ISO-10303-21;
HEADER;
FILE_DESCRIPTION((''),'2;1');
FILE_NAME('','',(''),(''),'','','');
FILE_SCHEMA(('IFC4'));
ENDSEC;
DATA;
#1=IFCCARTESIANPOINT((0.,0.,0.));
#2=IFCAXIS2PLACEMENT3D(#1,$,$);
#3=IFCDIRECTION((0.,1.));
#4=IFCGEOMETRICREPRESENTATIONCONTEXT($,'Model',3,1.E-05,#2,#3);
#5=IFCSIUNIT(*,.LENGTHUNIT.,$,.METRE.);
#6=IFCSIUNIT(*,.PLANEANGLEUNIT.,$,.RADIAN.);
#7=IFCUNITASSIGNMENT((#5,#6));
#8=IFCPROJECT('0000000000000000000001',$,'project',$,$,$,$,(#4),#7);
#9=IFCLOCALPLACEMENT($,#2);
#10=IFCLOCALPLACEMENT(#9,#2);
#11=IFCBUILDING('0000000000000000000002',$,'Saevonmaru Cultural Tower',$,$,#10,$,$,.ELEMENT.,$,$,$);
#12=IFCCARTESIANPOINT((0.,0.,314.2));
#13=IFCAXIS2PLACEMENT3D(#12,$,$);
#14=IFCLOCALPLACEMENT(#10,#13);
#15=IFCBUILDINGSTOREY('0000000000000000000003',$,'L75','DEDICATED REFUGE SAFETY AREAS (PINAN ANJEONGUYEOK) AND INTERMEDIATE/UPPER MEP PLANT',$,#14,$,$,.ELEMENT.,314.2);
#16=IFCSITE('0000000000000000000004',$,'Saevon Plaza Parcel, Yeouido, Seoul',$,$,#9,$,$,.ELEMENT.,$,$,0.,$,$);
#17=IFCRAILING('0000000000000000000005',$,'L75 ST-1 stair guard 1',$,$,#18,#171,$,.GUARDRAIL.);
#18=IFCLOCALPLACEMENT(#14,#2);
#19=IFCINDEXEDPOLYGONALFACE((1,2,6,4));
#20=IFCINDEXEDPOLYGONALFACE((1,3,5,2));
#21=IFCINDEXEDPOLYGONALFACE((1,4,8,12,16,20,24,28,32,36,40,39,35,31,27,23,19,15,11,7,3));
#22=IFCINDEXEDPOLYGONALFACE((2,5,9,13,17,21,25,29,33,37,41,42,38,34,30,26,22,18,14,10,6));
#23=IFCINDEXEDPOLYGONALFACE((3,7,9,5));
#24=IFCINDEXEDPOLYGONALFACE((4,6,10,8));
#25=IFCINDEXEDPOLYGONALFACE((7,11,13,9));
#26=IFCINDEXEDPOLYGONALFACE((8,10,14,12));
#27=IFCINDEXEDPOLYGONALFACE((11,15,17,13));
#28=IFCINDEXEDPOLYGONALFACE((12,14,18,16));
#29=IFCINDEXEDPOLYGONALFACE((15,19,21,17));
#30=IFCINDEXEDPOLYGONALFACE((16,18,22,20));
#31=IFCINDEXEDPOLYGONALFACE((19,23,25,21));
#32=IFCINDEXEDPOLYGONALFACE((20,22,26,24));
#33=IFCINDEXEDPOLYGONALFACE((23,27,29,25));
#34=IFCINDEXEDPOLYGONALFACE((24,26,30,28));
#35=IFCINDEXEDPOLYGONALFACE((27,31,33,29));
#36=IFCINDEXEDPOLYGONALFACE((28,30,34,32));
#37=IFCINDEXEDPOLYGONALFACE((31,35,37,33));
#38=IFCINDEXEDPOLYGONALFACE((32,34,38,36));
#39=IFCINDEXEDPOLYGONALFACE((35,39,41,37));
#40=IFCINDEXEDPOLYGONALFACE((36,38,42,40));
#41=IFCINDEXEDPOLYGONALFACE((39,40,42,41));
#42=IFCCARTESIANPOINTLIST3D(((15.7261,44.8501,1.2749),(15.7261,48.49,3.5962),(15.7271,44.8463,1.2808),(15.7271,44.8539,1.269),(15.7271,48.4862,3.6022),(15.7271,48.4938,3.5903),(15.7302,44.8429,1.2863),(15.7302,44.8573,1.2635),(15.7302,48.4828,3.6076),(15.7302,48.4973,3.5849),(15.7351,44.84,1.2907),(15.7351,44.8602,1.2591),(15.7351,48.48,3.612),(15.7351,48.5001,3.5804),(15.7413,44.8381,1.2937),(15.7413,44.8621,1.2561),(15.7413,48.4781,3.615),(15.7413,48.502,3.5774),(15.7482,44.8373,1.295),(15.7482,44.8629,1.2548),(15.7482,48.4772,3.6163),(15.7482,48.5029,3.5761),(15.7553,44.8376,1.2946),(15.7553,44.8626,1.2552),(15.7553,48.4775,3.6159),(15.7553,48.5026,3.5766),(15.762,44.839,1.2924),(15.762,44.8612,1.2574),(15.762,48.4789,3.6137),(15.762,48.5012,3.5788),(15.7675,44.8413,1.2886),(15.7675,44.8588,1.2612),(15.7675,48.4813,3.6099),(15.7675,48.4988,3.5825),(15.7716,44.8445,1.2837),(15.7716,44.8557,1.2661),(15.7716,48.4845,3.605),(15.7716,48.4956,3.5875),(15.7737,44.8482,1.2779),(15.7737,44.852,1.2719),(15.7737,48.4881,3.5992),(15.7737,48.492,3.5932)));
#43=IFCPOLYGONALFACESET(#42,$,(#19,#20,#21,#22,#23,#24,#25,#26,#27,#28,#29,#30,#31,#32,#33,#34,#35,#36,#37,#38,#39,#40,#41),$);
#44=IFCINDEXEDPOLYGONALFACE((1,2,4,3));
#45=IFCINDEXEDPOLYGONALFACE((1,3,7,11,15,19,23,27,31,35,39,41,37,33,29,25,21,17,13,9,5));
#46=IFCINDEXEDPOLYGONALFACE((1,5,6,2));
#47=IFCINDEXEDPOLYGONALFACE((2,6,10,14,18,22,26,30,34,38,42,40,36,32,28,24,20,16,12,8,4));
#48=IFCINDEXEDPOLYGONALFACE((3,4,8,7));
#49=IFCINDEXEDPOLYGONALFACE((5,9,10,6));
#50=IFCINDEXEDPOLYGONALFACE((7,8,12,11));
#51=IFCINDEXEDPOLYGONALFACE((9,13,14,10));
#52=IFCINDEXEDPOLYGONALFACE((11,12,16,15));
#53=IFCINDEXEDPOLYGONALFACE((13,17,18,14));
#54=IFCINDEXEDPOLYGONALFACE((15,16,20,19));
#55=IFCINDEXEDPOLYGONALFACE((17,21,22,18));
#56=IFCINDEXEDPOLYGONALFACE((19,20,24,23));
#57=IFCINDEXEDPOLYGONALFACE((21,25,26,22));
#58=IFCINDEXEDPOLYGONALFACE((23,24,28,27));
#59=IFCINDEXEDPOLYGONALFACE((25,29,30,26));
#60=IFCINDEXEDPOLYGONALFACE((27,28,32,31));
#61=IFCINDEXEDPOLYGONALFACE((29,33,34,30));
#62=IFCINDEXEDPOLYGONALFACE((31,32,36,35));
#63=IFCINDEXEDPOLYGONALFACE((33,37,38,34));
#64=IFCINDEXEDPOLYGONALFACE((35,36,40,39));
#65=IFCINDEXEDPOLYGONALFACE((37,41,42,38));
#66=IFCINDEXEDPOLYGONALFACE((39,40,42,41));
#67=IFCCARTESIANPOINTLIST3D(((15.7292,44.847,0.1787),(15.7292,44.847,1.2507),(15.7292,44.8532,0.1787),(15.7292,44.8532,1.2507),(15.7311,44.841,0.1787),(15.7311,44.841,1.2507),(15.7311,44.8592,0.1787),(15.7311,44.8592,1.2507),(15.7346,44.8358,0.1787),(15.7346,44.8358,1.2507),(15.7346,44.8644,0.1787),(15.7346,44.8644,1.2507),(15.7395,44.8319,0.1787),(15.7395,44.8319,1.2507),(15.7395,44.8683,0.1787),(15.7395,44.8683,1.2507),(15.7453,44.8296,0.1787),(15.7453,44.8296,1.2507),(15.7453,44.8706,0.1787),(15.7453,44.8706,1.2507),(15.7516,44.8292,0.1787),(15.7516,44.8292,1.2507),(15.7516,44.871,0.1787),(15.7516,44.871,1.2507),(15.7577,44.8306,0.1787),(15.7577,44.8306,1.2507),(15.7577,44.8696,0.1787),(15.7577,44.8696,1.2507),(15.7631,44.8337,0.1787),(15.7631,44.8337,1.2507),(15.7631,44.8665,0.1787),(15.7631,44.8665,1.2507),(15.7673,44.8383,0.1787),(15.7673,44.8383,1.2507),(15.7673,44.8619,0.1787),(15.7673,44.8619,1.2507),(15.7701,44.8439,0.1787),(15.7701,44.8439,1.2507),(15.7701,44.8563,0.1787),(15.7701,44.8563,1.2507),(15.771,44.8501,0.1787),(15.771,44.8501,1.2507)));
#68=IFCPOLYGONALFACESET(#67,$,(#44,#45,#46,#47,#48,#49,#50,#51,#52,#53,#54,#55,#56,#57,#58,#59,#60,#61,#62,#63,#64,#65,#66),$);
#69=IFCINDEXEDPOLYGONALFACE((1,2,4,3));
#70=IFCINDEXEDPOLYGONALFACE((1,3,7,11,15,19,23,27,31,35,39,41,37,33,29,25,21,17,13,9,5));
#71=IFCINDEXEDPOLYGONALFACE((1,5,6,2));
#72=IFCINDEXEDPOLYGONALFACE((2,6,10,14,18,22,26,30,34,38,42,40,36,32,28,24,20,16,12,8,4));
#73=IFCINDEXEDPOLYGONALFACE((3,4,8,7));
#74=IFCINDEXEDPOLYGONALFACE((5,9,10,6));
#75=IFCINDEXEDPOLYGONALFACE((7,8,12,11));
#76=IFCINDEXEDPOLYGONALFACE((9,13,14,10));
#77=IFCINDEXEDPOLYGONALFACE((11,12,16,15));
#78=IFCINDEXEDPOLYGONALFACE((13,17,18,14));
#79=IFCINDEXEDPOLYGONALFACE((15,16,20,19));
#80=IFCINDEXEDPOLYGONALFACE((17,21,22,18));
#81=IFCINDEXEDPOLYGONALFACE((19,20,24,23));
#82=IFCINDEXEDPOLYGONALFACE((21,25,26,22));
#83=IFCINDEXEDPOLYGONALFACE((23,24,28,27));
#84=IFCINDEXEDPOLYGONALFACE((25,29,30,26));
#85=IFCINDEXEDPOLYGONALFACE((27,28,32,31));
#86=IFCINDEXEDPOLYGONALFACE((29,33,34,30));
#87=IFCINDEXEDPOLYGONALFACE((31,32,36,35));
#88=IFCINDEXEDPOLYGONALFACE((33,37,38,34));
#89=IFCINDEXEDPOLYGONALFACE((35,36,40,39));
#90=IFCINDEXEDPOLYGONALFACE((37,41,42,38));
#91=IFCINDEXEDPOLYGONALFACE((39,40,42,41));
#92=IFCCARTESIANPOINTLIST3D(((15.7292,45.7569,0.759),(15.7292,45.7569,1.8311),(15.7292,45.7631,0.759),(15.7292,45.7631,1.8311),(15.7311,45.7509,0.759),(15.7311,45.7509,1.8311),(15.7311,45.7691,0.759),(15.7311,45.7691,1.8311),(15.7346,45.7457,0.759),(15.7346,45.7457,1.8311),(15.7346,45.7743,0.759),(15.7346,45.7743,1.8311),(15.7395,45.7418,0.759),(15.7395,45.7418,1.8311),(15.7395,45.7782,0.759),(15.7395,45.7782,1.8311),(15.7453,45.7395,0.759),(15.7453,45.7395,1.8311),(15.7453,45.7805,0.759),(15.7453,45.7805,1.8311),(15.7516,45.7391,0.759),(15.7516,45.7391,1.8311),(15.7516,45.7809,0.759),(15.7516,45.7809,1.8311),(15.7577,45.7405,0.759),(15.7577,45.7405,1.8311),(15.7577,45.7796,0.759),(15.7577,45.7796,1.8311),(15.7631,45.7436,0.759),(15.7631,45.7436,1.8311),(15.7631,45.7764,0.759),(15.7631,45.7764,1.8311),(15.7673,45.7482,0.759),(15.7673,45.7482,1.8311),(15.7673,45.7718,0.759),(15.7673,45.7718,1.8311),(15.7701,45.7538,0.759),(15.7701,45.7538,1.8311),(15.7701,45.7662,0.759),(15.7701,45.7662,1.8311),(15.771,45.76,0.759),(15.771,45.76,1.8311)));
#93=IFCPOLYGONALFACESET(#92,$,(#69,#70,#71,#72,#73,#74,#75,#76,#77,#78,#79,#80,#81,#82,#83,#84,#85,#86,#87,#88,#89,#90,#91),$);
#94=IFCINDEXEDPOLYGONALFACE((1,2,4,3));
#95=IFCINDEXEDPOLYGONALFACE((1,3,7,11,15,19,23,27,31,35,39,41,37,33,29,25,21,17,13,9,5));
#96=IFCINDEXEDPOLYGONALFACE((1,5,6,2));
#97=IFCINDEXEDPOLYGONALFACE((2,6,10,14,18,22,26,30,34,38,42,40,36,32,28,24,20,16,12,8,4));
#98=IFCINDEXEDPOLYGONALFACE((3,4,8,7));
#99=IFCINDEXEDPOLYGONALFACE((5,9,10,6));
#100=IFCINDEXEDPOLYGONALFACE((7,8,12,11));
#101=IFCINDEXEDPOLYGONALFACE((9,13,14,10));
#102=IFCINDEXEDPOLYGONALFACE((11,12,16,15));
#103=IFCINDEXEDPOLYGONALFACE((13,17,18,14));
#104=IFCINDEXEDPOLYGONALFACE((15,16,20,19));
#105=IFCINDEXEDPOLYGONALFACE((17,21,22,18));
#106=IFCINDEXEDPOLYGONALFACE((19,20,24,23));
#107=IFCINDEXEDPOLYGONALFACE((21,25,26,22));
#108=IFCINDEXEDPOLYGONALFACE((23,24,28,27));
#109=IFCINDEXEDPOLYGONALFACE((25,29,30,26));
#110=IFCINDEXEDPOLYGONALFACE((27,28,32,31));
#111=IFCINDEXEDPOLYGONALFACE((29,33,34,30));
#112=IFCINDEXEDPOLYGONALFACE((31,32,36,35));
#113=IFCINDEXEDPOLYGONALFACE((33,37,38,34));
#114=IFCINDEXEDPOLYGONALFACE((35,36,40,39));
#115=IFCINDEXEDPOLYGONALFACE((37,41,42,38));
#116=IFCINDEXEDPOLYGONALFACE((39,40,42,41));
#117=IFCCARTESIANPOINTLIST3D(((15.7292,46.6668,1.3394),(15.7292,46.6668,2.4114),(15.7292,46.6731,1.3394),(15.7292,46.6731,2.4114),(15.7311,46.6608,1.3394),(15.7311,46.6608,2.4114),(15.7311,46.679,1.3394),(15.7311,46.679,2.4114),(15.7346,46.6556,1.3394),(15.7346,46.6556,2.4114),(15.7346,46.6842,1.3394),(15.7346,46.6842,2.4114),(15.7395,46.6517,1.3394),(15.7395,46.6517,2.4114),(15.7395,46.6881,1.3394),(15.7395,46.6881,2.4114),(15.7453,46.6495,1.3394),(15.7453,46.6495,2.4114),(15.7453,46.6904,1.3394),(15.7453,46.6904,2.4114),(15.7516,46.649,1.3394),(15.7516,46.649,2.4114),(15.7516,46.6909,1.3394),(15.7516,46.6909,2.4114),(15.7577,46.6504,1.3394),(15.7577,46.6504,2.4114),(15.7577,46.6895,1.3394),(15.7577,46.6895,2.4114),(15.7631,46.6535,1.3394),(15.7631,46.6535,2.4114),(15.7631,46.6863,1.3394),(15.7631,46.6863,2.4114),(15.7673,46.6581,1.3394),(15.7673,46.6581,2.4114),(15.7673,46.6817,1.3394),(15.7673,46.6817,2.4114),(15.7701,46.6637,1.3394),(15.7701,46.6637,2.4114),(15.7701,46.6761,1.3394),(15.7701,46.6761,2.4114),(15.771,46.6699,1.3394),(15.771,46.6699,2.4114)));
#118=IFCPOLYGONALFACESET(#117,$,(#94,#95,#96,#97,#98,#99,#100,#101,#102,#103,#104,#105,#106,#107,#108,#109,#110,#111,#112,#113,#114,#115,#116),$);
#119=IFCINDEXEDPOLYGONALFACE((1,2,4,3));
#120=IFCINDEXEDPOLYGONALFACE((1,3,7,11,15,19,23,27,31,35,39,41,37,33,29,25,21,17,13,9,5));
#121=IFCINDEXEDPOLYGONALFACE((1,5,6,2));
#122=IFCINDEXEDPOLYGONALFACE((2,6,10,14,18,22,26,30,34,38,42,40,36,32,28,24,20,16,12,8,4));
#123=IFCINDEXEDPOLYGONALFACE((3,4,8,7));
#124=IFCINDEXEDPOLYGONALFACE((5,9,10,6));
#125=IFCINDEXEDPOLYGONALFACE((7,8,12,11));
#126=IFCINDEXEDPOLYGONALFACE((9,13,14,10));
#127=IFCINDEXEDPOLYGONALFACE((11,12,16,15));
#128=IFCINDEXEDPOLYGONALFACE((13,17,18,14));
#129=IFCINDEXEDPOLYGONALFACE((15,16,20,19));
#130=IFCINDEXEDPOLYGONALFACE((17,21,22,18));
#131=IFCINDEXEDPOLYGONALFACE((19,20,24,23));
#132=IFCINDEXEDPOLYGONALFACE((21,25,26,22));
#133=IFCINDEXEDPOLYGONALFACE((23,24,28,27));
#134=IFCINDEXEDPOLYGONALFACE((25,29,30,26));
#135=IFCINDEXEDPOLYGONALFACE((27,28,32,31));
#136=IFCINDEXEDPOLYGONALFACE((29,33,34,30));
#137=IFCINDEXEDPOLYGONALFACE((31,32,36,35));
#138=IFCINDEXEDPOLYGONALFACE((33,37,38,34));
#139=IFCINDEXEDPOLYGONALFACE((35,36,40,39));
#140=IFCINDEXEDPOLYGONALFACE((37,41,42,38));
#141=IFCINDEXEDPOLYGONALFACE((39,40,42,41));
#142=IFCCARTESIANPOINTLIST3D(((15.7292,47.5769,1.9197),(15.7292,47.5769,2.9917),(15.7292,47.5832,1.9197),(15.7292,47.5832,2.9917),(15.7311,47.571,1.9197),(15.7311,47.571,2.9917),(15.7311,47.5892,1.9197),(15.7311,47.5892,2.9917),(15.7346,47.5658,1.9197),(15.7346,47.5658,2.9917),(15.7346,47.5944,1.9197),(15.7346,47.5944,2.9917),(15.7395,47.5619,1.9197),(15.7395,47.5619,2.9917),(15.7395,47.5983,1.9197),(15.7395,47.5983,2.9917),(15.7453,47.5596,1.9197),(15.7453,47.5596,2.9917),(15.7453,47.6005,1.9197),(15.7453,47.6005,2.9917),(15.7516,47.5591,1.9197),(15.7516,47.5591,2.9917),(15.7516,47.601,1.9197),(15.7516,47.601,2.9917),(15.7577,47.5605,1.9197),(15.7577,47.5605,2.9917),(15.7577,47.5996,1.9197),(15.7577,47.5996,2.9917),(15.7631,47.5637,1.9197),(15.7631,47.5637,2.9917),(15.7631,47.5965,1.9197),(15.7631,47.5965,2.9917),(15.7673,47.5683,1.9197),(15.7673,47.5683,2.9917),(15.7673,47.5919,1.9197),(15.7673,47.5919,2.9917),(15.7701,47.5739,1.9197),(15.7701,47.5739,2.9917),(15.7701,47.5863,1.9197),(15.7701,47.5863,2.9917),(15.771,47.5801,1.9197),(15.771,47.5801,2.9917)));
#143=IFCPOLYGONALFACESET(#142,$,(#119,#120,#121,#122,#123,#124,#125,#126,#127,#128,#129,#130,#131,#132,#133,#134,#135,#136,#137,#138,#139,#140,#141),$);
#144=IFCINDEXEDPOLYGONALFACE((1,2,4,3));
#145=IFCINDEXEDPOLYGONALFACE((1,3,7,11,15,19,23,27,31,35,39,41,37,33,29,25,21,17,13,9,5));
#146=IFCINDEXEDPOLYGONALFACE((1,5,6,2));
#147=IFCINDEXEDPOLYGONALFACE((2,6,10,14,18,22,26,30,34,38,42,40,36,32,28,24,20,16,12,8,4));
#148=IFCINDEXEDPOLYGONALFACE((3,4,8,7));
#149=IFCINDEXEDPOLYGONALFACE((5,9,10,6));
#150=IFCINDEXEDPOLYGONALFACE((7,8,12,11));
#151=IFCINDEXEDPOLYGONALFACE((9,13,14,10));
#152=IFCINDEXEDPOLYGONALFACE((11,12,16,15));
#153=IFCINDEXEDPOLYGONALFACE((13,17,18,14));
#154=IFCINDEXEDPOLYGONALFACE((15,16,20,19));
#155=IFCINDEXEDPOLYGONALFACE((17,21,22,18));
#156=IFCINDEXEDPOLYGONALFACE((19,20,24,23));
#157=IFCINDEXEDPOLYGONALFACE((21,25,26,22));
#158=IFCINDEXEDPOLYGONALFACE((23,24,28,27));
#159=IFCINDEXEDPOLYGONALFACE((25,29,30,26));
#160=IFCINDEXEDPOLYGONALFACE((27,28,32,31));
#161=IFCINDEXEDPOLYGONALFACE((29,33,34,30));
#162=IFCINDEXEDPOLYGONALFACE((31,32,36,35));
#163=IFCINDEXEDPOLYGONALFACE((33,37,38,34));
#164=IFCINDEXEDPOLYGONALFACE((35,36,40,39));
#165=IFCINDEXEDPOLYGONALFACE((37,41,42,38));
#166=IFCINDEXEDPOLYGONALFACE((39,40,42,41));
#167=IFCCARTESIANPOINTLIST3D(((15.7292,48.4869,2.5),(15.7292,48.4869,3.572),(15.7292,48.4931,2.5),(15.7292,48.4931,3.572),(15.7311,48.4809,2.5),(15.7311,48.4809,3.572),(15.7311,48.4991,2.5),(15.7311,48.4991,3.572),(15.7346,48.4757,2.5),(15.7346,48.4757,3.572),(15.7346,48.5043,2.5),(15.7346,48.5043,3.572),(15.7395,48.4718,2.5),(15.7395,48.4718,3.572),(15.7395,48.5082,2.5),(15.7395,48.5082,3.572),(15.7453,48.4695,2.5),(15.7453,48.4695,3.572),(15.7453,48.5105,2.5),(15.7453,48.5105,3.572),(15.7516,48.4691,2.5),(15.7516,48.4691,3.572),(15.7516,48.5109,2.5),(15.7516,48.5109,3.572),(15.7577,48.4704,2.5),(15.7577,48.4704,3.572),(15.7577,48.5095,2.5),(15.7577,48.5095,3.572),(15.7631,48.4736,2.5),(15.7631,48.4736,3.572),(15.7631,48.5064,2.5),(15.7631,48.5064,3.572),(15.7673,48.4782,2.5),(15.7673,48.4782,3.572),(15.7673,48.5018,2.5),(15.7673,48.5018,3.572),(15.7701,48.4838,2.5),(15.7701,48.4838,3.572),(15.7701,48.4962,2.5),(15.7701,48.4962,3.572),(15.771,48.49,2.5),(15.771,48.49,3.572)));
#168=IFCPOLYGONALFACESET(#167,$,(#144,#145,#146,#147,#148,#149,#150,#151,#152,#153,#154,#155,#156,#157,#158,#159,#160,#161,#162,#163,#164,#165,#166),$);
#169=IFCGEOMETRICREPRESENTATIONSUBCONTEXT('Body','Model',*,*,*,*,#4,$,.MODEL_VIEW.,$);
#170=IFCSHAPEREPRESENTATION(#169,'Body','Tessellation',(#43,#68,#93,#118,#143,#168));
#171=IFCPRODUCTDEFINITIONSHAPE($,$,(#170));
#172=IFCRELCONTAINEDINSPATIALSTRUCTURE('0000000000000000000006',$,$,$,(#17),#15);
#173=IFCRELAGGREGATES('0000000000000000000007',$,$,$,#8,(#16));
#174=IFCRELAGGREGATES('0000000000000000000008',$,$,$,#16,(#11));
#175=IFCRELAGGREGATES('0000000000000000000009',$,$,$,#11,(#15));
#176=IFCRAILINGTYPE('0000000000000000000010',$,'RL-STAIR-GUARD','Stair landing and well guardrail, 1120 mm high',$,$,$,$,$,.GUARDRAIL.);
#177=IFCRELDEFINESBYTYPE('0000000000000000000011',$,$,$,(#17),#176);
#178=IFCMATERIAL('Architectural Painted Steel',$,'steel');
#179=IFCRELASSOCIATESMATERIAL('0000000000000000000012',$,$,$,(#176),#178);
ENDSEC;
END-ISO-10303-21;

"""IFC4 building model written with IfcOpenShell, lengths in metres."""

from ifc_helpers import new_model, si_unit, direction, frame, origin, origin_2d, place, context, subcontext, project, spatial, circle, extrude, material, type_object, element, save


model = new_model("IFC4")

# Units and contexts
model_context = context("Model", 3, precision=1e-05, world=origin(), true_north=direction((0.0, 1.0)))
body_context = subcontext(model_context, "Body", "Model", "MODEL_VIEW")
ifc_project = project(units=[si_unit("LENGTHUNIT", "METRE"), si_unit("PLANEANGLEUNIT", "RADIAN")], contexts=[model_context])

# Site, building, storey
site_placement = place(None, origin())
site = spatial("IfcSite", under=ifc_project, at=site_placement, Name="Saevon Plaza Parcel, Yeouido, Seoul", CompositionType="ELEMENT", RefElevation=0.0)
building_placement = place(site_placement, origin())
building = spatial("IfcBuilding", under=site, at=building_placement, Name="Saevonmaru Cultural Tower", CompositionType="ELEMENT")
storey_placement = place(building_placement, frame((0.0, 0.0, 314.2)))
storey = spatial("IfcBuildingStorey", under=building, at=storey_placement, Name="L75", Description="DEDICATED REFUGE SAFETY AREAS (PINAN ANJEONGUYEOK) AND INTERMEDIATE/UPPER MEP PLANT", CompositionType="ELEMENT", Elevation=314.2)

# Railing
ifc_material_1 = material(Name="Architectural Painted Steel", Category="steel")
railing_type_1 = type_object("IfcRailingType", Name="RL-STAIR-GUARD", Description="Stair landing and well guardrail, 1120 mm high", PredefinedType="GUARDRAIL", material=ifc_material_1)
railing_1_placement = place(storey_placement, frame((15.75, 44.8501, 0.1787)))
element("IfcRailing", 1, at=railing_1_placement, inside=storey, type_object=railing_type_1, Name="L75 ST-1 stair guard 1", PredefinedType="GUARDRAIL", context=body_context, shape_type="SweptSolid", body=[
    extrude(circle(Radius=0.0239, at=origin_2d()), frame((0.0, 0.0, 1.0962), z_axis=(0.0, 0.843137, 0.537699), x_axis=(-1.0, 0.0, 0.0)), (0.0, 0.0, 1.0), 4.3171),
    extrude(circle(Radius=0.021, at=origin_2d()), origin(), (0.0, 0.0, 1.0), 1.072),
    extrude(circle(Radius=0.021, at=origin_2d()), frame((0.0, 0.9099, 0.5803)), (0.0, 0.0, 1.0), 1.072),
    extrude(circle(Radius=0.021, at=origin_2d()), frame((0.0, 1.8198, 1.1606)), (0.0, 0.0, 1.0), 1.072),
    extrude(circle(Radius=0.021, at=origin_2d()), frame((0.0, 2.73, 1.741)), (0.0, 0.0, 1.0), 1.072),
    extrude(circle(Radius=0.021, at=origin_2d()), frame((0.0, 3.6399, 2.3213)), (0.0, 0.0, 1.0), 1.072),
])

save(model, "model.ifc")
